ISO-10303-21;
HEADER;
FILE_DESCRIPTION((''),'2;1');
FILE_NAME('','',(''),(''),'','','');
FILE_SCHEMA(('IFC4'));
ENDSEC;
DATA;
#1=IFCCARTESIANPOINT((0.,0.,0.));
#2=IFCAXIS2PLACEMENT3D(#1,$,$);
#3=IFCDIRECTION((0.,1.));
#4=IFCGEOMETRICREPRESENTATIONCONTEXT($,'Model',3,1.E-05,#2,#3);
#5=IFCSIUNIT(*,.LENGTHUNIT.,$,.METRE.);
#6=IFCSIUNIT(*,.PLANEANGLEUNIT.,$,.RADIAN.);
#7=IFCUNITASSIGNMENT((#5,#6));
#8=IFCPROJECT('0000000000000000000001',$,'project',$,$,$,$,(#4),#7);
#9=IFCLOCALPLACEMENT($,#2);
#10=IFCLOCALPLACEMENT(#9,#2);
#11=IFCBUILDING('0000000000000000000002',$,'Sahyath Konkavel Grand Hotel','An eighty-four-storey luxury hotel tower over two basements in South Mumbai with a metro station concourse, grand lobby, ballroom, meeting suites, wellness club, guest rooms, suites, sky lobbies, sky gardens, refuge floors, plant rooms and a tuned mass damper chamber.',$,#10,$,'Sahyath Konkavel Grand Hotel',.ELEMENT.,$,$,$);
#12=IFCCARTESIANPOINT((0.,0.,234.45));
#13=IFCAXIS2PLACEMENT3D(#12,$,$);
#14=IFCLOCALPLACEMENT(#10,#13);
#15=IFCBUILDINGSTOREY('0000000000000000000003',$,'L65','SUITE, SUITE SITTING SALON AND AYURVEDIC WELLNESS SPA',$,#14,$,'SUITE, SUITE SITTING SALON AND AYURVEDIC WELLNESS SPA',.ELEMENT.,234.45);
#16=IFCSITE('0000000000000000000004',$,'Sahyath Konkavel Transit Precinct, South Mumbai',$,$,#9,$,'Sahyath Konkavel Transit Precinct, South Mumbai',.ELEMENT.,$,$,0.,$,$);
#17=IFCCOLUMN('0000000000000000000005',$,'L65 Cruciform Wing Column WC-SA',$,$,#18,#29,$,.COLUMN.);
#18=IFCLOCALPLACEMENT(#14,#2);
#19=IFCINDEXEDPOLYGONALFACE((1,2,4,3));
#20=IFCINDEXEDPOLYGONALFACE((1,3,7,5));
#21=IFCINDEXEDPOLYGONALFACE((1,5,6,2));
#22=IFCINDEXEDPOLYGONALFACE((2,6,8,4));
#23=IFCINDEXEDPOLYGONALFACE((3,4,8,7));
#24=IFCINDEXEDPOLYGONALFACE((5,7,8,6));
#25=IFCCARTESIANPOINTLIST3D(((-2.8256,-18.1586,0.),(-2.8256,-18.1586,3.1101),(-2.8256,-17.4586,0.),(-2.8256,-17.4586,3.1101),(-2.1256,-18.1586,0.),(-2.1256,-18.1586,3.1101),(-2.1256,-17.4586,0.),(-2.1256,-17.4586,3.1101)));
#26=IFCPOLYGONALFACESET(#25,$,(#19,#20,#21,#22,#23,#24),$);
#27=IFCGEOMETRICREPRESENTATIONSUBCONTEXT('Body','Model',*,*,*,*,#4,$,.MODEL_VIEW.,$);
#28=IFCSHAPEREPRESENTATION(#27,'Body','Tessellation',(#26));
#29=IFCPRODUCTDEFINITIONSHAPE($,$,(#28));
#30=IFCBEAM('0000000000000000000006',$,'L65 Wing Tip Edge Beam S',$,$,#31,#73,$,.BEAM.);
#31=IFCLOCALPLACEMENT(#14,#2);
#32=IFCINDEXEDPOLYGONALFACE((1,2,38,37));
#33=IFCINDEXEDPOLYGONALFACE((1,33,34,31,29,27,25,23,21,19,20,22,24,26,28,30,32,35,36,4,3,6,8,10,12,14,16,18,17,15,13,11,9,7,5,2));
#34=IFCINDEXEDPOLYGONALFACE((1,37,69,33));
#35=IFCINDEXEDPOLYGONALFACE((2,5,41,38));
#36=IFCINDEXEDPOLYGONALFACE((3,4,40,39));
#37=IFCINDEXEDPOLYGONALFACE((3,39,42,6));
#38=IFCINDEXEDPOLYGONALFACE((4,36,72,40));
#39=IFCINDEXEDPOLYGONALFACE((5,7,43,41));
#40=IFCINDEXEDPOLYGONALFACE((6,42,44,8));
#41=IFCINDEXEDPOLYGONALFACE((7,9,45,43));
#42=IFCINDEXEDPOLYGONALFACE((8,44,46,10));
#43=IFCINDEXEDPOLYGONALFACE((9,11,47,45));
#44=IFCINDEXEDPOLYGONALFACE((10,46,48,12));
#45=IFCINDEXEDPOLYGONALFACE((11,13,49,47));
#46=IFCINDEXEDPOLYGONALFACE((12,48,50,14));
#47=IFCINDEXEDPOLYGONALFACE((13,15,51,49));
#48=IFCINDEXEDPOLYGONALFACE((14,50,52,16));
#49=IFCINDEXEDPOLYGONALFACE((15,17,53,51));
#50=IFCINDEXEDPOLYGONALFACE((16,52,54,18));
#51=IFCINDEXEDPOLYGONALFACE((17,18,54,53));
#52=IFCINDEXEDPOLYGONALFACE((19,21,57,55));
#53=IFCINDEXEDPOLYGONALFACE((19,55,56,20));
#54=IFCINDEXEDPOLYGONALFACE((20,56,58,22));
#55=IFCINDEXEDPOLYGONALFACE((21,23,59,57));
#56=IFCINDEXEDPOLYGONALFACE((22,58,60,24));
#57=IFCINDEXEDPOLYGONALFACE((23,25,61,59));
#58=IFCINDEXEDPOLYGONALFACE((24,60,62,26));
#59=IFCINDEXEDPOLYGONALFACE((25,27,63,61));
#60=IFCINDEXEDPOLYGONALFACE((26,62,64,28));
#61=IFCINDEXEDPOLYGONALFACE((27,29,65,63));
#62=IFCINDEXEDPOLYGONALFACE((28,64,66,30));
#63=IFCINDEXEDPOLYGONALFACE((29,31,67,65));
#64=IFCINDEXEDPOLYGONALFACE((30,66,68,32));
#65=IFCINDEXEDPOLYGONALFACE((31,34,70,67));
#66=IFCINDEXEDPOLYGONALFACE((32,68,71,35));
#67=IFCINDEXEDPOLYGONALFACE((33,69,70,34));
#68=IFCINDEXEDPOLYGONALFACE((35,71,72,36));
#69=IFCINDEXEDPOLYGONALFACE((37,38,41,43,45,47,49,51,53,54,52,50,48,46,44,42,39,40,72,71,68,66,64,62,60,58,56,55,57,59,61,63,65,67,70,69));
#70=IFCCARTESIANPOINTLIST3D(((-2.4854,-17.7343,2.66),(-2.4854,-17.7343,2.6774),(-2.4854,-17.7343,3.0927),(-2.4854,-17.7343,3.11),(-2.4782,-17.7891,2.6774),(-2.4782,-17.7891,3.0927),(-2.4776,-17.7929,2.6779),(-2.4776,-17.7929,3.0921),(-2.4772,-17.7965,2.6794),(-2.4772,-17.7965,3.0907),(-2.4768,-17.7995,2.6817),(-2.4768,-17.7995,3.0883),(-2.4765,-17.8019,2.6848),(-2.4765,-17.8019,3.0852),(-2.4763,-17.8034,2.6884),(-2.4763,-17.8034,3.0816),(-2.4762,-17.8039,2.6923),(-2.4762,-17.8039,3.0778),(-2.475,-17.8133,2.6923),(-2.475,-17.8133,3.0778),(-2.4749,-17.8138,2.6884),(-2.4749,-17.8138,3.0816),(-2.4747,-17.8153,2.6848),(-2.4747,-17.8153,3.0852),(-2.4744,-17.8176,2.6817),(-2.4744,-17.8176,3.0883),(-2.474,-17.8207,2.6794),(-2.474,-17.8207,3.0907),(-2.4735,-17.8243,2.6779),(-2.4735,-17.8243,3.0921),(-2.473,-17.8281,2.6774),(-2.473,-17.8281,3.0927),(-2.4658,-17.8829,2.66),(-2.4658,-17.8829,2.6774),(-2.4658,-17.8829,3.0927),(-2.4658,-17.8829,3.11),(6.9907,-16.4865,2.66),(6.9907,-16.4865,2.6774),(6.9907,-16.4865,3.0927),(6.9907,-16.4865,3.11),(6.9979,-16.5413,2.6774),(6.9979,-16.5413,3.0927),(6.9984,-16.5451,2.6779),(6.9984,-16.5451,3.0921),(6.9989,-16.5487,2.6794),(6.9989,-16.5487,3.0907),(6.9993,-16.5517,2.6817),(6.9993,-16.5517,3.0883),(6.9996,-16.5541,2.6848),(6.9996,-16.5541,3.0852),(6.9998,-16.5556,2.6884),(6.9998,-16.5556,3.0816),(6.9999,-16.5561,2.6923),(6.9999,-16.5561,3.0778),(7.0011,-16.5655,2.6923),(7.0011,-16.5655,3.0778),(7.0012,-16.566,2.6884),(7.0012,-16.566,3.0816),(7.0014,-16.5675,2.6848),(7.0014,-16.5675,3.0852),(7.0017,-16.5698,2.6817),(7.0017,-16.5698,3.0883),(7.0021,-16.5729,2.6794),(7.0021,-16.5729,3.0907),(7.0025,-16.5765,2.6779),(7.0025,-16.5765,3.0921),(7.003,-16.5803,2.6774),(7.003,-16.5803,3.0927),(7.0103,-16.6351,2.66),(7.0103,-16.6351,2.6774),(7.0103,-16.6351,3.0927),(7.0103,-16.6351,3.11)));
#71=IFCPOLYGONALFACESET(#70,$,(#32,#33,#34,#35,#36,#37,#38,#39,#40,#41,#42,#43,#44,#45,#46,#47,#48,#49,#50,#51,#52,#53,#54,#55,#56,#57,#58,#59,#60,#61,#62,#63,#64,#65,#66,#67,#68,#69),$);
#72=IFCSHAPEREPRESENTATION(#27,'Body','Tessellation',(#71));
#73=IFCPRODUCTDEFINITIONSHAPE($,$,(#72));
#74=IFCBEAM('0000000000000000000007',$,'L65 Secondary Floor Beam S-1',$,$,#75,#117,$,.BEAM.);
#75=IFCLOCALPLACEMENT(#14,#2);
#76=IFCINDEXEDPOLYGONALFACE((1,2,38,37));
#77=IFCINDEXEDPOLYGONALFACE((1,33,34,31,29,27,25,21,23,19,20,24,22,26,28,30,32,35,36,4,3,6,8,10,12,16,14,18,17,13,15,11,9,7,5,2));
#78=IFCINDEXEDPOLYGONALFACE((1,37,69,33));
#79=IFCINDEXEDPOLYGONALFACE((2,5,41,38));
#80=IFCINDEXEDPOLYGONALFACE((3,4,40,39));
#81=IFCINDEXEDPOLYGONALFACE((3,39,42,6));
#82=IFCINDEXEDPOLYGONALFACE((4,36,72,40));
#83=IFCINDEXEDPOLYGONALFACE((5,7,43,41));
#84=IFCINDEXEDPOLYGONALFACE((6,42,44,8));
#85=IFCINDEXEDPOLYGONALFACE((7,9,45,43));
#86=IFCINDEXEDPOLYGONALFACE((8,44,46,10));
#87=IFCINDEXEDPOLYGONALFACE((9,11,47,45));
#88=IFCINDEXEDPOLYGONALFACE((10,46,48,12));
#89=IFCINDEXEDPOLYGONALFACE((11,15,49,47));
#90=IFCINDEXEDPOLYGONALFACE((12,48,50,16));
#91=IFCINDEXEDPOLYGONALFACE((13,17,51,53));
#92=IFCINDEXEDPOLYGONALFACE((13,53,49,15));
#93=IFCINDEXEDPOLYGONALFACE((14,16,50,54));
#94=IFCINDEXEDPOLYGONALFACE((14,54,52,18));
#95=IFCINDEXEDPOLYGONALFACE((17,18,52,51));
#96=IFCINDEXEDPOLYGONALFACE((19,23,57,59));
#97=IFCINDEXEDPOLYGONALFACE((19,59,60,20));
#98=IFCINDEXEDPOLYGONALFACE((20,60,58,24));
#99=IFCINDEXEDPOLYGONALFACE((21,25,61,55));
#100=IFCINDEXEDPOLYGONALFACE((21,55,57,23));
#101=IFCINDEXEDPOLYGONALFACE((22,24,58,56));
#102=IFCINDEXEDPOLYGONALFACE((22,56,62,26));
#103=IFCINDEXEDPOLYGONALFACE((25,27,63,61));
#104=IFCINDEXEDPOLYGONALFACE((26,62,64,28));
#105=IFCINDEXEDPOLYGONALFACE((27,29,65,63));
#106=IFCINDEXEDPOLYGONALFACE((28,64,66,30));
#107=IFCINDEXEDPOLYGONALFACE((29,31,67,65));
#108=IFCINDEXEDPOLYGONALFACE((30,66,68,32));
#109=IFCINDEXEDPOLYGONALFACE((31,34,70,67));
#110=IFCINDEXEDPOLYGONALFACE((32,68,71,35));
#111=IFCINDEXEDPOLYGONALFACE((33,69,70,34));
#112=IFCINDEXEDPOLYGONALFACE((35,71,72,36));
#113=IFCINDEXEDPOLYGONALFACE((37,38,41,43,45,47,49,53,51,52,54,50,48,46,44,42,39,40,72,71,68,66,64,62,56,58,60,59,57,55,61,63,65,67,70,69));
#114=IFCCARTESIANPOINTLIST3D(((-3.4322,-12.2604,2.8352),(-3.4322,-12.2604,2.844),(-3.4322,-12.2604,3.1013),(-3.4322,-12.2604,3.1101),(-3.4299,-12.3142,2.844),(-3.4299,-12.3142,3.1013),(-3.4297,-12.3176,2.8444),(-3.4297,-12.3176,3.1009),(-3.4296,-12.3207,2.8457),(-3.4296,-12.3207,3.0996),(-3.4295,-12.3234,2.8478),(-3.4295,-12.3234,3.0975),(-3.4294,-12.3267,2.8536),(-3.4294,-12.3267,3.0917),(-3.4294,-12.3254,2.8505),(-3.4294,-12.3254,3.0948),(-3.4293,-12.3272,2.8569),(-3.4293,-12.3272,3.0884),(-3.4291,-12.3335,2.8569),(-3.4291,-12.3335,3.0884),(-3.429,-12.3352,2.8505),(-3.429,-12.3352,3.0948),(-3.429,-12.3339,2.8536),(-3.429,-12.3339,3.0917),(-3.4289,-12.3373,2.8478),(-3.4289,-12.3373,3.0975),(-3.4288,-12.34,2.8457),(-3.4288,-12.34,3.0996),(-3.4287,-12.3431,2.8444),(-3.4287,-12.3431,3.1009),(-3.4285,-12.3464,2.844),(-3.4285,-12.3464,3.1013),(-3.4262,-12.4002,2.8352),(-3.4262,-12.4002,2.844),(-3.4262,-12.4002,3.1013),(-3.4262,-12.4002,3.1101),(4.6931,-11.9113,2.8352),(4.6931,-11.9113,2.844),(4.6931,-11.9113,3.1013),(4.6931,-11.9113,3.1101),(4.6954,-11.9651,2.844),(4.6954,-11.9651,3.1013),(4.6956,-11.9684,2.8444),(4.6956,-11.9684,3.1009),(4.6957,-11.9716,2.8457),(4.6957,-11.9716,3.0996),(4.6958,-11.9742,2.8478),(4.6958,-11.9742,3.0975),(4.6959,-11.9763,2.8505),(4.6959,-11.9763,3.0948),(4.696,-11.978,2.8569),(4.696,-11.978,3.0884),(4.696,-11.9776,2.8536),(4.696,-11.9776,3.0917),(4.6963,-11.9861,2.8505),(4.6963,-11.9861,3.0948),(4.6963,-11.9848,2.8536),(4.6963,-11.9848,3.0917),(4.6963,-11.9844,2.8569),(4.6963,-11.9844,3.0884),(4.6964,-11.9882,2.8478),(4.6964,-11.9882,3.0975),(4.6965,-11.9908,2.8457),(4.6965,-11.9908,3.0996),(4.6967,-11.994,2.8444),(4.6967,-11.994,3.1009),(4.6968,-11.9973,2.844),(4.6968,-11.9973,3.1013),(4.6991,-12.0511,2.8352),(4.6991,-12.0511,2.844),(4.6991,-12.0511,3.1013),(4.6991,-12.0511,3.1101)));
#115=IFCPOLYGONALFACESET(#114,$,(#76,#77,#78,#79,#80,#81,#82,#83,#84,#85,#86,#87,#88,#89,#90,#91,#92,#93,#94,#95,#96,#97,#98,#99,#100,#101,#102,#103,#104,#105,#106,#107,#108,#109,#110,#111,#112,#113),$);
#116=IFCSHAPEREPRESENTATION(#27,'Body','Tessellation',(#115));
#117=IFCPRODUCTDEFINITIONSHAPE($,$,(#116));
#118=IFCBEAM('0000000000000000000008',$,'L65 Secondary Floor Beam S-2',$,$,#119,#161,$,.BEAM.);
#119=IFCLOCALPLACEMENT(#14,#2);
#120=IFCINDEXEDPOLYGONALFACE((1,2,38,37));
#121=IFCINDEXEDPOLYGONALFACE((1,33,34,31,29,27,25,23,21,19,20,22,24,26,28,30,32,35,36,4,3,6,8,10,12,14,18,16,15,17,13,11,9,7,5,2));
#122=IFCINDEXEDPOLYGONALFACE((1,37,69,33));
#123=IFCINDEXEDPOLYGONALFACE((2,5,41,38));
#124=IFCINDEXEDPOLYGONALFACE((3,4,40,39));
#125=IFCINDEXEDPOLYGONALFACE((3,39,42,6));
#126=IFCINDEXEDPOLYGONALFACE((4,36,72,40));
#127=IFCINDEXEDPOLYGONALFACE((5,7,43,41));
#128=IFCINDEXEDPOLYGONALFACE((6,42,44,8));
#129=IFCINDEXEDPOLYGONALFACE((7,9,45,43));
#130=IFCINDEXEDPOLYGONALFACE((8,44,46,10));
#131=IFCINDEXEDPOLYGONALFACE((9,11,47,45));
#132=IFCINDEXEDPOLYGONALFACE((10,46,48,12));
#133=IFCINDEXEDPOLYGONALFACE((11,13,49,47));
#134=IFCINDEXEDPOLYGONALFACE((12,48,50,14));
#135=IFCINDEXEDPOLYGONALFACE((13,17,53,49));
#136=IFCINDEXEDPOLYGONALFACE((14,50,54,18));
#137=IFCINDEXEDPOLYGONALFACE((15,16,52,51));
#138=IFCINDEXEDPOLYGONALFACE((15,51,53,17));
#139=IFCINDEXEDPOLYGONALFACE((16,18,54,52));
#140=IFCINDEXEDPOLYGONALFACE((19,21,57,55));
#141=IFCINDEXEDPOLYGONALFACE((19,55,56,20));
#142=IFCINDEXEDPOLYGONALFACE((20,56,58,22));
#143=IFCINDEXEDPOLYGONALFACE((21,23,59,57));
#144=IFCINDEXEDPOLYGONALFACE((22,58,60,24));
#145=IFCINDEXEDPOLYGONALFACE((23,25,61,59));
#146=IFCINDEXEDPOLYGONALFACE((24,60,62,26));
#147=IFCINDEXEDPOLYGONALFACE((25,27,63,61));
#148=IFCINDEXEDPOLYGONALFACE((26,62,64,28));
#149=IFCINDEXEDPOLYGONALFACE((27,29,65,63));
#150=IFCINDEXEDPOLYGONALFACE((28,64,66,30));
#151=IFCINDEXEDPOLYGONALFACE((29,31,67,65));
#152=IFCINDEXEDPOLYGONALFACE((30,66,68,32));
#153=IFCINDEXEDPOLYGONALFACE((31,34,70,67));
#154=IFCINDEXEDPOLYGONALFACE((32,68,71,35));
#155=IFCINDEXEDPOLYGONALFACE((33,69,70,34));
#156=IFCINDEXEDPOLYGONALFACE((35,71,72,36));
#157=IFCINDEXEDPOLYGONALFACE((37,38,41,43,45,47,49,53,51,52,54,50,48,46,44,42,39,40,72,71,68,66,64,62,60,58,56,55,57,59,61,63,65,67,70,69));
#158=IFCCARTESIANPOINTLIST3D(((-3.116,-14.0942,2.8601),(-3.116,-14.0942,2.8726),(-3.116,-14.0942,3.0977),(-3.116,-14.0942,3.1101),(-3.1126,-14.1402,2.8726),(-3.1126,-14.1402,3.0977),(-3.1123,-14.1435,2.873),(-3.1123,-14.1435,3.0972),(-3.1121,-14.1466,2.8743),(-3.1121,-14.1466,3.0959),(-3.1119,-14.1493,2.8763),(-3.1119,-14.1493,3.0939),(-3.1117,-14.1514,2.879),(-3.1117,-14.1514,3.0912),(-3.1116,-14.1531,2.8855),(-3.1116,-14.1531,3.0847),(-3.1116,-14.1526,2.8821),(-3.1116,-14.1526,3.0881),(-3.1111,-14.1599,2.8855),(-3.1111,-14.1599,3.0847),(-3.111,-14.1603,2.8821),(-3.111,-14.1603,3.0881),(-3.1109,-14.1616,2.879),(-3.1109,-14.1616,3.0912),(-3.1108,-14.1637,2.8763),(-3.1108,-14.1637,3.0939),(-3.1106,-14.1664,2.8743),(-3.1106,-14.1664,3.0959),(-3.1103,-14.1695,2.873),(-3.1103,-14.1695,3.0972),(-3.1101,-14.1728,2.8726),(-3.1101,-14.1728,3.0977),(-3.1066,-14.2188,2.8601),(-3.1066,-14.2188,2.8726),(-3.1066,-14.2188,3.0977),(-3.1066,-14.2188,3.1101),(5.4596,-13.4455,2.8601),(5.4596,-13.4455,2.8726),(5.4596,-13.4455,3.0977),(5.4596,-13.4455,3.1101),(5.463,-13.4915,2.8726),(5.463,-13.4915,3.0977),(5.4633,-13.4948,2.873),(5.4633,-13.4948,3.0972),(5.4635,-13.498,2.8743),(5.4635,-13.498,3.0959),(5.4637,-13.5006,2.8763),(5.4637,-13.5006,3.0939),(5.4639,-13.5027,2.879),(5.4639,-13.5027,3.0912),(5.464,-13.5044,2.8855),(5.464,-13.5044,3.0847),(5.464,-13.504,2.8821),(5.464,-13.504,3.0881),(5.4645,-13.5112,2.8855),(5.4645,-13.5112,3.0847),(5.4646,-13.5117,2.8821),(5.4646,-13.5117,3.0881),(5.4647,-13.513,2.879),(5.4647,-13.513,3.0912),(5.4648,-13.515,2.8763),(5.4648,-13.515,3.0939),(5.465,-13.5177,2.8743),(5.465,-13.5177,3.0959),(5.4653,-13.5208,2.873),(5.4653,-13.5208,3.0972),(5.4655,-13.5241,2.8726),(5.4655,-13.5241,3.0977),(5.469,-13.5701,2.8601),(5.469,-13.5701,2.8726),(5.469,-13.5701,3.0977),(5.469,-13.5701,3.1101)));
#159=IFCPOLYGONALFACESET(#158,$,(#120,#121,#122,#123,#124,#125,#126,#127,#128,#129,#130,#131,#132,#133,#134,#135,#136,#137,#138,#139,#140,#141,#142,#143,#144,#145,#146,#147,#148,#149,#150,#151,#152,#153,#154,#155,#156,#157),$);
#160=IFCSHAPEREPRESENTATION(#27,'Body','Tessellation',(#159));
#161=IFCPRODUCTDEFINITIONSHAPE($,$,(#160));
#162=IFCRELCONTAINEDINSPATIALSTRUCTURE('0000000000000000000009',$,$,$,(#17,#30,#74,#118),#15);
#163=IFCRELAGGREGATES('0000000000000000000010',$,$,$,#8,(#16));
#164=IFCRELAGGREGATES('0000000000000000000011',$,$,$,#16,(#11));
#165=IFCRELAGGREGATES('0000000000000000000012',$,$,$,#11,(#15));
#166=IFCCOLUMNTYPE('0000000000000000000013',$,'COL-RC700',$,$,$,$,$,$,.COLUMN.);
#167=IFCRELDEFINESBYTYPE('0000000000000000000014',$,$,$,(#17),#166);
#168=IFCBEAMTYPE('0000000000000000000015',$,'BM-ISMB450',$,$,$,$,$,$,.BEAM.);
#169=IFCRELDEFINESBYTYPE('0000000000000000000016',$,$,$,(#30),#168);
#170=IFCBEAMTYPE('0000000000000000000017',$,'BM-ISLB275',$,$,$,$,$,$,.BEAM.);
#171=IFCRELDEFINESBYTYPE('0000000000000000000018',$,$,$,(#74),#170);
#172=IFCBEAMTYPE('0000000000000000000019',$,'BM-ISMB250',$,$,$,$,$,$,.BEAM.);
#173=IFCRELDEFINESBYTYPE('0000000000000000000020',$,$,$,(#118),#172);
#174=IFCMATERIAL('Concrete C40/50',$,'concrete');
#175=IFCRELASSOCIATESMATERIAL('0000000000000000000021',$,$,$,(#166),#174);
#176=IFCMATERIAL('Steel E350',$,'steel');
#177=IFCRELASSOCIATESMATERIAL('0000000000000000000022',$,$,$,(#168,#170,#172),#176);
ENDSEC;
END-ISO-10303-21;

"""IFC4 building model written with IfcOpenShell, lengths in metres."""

from ifc_helpers import new_model, si_unit, direction, frame, origin, origin_2d, place, context, subcontext, project, spatial, rectangle, i_section, extrude, source, transform, mapped, material, material_profile, profile_set, type_object, element, save


model = new_model("IFC4")

# Units and contexts
model_context = context("Model", 3, precision=1e-05, world=origin(), true_north=direction((0.0, 1.0)))
body_context = subcontext(model_context, "Body", "Model", "MODEL_VIEW")
ifc_project = project(units=[si_unit("LENGTHUNIT", "METRE"), si_unit("PLANEANGLEUNIT", "RADIAN")], contexts=[model_context])

# Site, building, storey
site_placement = place(None, origin())
site = spatial("IfcSite", under=ifc_project, at=site_placement, Name="Sahyath Konkavel Transit Precinct, South Mumbai", LongName="Sahyath Konkavel Transit Precinct, South Mumbai", CompositionType="ELEMENT", RefElevation=0.0)
building_placement = place(site_placement, origin())
building = spatial("IfcBuilding", under=site, at=building_placement, Name="Sahyath Konkavel Grand Hotel", Description="An eighty-four-storey luxury hotel tower over two basements in South Mumbai with a metro station concourse, grand lobby, ballroom, meeting suites, wellness club, guest rooms, suites, sky lobbies, sky gardens, refuge floors, plant rooms and a tuned mass damper chamber.", LongName="Sahyath Konkavel Grand Hotel", CompositionType="ELEMENT")
storey_placement = place(building_placement, frame((0.0, 0.0, 234.45)))
storey = spatial("IfcBuildingStorey", under=building, at=storey_placement, Name="L65", Description="SUITE, SUITE SITTING SALON AND AYURVEDIC WELLNESS SPA", LongName="SUITE, SUITE SITTING SALON AND AYURVEDIC WELLNESS SPA", CompositionType="ELEMENT", Elevation=234.45)

# Column
ifc_material_1 = material(Name="Concrete C40/50", Category="concrete")
ifc_material_profile_1 = material_profile(ifc_material_1, rectangle(XDim=0.7, YDim=0.7, at=origin_2d()), Name="RC 700x700")
ifc_profile_set_1 = profile_set([ifc_material_profile_1], Name="Concrete C40/50")
column_type = type_object("IfcColumnType", Name="COL-RC700", PredefinedType="COLUMN", material=ifc_profile_set_1)
shared_shape_1 = source(origin(), body_context, "Body", "SweptSolid", [
    extrude(rectangle(XDim=0.7, YDim=0.7, at=origin_2d()), origin(), (0.0, 0.0, 1.0), 3.1101),
])
column_placement = place(storey_placement, frame((-2.4756, -17.8086, 0.0), z_axis=(0.0, 0.0, 1.0), x_axis=(1.0, 0.0, 0.0)))
element("IfcColumn", 1, at=column_placement, inside=storey, type_object=column_type, Name="L65 Cruciform Wing Column WC-SA", PredefinedType="COLUMN", context=body_context, shape_type="MappedRepresentation", body=[
    mapped(shared_shape_1, transform((0.0, 0.0, 0.0), scale=1.0)),
])

# Beams
ifc_material_2 = material(Name="Steel E350", Category="steel")
ifc_material_profile_2 = material_profile(ifc_material_2, i_section(OverallWidth=0.1499, OverallDepth=0.45, WebThickness=0.0095, FlangeThickness=0.0173, FilletRadius=0.0149, at=origin_2d()), Name="ISMB 450")
ifc_profile_set_2 = profile_set([ifc_material_profile_2], Name="Steel E350")
beam_type_1 = type_object("IfcBeamType", Name="BM-ISMB450", PredefinedType="BEAM", material=ifc_profile_set_2)
shared_shape_2 = source(origin(), body_context, "Body", "SweptSolid", [
    extrude(i_section(OverallWidth=0.1499, OverallDepth=0.45, WebThickness=0.0095, FlangeThickness=0.0173, FilletRadius=0.0149, at=origin_2d()), origin(), (0.0, 0.0, 1.0), 9.5579),
])
beam_1_placement = place(storey_placement, frame((-2.4756, -17.8086, 2.885), z_axis=(0.991441, 0.130552, 0.0), x_axis=(-0.130552, 0.991441, 0.0)))
element("IfcBeam", 2, at=beam_1_placement, inside=storey, type_object=beam_type_1, Name="L65 Wing Tip Edge Beam S", PredefinedType="BEAM", context=body_context, shape_type="MappedRepresentation", body=[
    mapped(shared_shape_2, transform((0.0, 0.0, 0.0), scale=1.0)),
])
ifc_material_profile_3 = material_profile(ifc_material_2, i_section(OverallWidth=0.1399, OverallDepth=0.2749, WebThickness=0.0063, FlangeThickness=0.0088, FilletRadius=0.0129, at=origin_2d()), Name="ISLB 275")
ifc_profile_set_3 = profile_set([ifc_material_profile_3], Name="Steel E350")
beam_type_2 = type_object("IfcBeamType", Name="BM-ISLB275", PredefinedType="BEAM", material=ifc_profile_set_3)
shared_shape_3 = source(origin(), body_context, "Body", "SweptSolid", [
    extrude(i_section(OverallWidth=0.1399, OverallDepth=0.2749, WebThickness=0.0063, FlangeThickness=0.0088, FilletRadius=0.0129, at=origin_2d()), origin(), (0.0, 0.0, 1.0), 8.1328),
])
beam_2_placement = place(storey_placement, frame((-3.4292, -12.3303, 2.9727), z_axis=(0.999078, 0.042928, 0.0), x_axis=(-0.042928, 0.999078, 0.0)))
element("IfcBeam", 3, at=beam_2_placement, inside=storey, type_object=beam_type_2, Name="L65 Secondary Floor Beam S-1", PredefinedType="BEAM", context=body_context, shape_type="MappedRepresentation", body=[
    mapped(shared_shape_3, transform((0.0, 0.0, 0.0), scale=1.0)),
])
ifc_material_profile_4 = material_profile(ifc_material_2, i_section(OverallWidth=0.125, OverallDepth=0.25, WebThickness=0.0068, FlangeThickness=0.0125, FilletRadius=0.0129, at=origin_2d()), Name="ISMB 250")
ifc_profile_set_4 = profile_set([ifc_material_profile_4], Name="Steel E350")
beam_type_3 = type_object("IfcBeamType", Name="BM-ISMB250", PredefinedType="BEAM", material=ifc_profile_set_4)
shared_shape_4 = source(origin(), body_context, "Body", "SweptSolid", [
    extrude(i_section(OverallWidth=0.125, OverallDepth=0.25, WebThickness=0.0068, FlangeThickness=0.0125, FilletRadius=0.0129, at=origin_2d()), origin(), (0.0, 0.0, 1.0), 8.6001),
])
beam_3_placement = place(storey_placement, frame((-3.1113, -14.1565, 2.9851), z_axis=(0.997151, 0.075426, 0.0), x_axis=(-0.075426, 0.997151, 0.0)))
element("IfcBeam", 4, at=beam_3_placement, inside=storey, type_object=beam_type_3, Name="L65 Secondary Floor Beam S-2", PredefinedType="BEAM", context=body_context, shape_type="MappedRepresentation", body=[
    mapped(shared_shape_4, transform((0.0, 0.0, 0.0), scale=1.0)),
])

save(model, "model.ifc")
